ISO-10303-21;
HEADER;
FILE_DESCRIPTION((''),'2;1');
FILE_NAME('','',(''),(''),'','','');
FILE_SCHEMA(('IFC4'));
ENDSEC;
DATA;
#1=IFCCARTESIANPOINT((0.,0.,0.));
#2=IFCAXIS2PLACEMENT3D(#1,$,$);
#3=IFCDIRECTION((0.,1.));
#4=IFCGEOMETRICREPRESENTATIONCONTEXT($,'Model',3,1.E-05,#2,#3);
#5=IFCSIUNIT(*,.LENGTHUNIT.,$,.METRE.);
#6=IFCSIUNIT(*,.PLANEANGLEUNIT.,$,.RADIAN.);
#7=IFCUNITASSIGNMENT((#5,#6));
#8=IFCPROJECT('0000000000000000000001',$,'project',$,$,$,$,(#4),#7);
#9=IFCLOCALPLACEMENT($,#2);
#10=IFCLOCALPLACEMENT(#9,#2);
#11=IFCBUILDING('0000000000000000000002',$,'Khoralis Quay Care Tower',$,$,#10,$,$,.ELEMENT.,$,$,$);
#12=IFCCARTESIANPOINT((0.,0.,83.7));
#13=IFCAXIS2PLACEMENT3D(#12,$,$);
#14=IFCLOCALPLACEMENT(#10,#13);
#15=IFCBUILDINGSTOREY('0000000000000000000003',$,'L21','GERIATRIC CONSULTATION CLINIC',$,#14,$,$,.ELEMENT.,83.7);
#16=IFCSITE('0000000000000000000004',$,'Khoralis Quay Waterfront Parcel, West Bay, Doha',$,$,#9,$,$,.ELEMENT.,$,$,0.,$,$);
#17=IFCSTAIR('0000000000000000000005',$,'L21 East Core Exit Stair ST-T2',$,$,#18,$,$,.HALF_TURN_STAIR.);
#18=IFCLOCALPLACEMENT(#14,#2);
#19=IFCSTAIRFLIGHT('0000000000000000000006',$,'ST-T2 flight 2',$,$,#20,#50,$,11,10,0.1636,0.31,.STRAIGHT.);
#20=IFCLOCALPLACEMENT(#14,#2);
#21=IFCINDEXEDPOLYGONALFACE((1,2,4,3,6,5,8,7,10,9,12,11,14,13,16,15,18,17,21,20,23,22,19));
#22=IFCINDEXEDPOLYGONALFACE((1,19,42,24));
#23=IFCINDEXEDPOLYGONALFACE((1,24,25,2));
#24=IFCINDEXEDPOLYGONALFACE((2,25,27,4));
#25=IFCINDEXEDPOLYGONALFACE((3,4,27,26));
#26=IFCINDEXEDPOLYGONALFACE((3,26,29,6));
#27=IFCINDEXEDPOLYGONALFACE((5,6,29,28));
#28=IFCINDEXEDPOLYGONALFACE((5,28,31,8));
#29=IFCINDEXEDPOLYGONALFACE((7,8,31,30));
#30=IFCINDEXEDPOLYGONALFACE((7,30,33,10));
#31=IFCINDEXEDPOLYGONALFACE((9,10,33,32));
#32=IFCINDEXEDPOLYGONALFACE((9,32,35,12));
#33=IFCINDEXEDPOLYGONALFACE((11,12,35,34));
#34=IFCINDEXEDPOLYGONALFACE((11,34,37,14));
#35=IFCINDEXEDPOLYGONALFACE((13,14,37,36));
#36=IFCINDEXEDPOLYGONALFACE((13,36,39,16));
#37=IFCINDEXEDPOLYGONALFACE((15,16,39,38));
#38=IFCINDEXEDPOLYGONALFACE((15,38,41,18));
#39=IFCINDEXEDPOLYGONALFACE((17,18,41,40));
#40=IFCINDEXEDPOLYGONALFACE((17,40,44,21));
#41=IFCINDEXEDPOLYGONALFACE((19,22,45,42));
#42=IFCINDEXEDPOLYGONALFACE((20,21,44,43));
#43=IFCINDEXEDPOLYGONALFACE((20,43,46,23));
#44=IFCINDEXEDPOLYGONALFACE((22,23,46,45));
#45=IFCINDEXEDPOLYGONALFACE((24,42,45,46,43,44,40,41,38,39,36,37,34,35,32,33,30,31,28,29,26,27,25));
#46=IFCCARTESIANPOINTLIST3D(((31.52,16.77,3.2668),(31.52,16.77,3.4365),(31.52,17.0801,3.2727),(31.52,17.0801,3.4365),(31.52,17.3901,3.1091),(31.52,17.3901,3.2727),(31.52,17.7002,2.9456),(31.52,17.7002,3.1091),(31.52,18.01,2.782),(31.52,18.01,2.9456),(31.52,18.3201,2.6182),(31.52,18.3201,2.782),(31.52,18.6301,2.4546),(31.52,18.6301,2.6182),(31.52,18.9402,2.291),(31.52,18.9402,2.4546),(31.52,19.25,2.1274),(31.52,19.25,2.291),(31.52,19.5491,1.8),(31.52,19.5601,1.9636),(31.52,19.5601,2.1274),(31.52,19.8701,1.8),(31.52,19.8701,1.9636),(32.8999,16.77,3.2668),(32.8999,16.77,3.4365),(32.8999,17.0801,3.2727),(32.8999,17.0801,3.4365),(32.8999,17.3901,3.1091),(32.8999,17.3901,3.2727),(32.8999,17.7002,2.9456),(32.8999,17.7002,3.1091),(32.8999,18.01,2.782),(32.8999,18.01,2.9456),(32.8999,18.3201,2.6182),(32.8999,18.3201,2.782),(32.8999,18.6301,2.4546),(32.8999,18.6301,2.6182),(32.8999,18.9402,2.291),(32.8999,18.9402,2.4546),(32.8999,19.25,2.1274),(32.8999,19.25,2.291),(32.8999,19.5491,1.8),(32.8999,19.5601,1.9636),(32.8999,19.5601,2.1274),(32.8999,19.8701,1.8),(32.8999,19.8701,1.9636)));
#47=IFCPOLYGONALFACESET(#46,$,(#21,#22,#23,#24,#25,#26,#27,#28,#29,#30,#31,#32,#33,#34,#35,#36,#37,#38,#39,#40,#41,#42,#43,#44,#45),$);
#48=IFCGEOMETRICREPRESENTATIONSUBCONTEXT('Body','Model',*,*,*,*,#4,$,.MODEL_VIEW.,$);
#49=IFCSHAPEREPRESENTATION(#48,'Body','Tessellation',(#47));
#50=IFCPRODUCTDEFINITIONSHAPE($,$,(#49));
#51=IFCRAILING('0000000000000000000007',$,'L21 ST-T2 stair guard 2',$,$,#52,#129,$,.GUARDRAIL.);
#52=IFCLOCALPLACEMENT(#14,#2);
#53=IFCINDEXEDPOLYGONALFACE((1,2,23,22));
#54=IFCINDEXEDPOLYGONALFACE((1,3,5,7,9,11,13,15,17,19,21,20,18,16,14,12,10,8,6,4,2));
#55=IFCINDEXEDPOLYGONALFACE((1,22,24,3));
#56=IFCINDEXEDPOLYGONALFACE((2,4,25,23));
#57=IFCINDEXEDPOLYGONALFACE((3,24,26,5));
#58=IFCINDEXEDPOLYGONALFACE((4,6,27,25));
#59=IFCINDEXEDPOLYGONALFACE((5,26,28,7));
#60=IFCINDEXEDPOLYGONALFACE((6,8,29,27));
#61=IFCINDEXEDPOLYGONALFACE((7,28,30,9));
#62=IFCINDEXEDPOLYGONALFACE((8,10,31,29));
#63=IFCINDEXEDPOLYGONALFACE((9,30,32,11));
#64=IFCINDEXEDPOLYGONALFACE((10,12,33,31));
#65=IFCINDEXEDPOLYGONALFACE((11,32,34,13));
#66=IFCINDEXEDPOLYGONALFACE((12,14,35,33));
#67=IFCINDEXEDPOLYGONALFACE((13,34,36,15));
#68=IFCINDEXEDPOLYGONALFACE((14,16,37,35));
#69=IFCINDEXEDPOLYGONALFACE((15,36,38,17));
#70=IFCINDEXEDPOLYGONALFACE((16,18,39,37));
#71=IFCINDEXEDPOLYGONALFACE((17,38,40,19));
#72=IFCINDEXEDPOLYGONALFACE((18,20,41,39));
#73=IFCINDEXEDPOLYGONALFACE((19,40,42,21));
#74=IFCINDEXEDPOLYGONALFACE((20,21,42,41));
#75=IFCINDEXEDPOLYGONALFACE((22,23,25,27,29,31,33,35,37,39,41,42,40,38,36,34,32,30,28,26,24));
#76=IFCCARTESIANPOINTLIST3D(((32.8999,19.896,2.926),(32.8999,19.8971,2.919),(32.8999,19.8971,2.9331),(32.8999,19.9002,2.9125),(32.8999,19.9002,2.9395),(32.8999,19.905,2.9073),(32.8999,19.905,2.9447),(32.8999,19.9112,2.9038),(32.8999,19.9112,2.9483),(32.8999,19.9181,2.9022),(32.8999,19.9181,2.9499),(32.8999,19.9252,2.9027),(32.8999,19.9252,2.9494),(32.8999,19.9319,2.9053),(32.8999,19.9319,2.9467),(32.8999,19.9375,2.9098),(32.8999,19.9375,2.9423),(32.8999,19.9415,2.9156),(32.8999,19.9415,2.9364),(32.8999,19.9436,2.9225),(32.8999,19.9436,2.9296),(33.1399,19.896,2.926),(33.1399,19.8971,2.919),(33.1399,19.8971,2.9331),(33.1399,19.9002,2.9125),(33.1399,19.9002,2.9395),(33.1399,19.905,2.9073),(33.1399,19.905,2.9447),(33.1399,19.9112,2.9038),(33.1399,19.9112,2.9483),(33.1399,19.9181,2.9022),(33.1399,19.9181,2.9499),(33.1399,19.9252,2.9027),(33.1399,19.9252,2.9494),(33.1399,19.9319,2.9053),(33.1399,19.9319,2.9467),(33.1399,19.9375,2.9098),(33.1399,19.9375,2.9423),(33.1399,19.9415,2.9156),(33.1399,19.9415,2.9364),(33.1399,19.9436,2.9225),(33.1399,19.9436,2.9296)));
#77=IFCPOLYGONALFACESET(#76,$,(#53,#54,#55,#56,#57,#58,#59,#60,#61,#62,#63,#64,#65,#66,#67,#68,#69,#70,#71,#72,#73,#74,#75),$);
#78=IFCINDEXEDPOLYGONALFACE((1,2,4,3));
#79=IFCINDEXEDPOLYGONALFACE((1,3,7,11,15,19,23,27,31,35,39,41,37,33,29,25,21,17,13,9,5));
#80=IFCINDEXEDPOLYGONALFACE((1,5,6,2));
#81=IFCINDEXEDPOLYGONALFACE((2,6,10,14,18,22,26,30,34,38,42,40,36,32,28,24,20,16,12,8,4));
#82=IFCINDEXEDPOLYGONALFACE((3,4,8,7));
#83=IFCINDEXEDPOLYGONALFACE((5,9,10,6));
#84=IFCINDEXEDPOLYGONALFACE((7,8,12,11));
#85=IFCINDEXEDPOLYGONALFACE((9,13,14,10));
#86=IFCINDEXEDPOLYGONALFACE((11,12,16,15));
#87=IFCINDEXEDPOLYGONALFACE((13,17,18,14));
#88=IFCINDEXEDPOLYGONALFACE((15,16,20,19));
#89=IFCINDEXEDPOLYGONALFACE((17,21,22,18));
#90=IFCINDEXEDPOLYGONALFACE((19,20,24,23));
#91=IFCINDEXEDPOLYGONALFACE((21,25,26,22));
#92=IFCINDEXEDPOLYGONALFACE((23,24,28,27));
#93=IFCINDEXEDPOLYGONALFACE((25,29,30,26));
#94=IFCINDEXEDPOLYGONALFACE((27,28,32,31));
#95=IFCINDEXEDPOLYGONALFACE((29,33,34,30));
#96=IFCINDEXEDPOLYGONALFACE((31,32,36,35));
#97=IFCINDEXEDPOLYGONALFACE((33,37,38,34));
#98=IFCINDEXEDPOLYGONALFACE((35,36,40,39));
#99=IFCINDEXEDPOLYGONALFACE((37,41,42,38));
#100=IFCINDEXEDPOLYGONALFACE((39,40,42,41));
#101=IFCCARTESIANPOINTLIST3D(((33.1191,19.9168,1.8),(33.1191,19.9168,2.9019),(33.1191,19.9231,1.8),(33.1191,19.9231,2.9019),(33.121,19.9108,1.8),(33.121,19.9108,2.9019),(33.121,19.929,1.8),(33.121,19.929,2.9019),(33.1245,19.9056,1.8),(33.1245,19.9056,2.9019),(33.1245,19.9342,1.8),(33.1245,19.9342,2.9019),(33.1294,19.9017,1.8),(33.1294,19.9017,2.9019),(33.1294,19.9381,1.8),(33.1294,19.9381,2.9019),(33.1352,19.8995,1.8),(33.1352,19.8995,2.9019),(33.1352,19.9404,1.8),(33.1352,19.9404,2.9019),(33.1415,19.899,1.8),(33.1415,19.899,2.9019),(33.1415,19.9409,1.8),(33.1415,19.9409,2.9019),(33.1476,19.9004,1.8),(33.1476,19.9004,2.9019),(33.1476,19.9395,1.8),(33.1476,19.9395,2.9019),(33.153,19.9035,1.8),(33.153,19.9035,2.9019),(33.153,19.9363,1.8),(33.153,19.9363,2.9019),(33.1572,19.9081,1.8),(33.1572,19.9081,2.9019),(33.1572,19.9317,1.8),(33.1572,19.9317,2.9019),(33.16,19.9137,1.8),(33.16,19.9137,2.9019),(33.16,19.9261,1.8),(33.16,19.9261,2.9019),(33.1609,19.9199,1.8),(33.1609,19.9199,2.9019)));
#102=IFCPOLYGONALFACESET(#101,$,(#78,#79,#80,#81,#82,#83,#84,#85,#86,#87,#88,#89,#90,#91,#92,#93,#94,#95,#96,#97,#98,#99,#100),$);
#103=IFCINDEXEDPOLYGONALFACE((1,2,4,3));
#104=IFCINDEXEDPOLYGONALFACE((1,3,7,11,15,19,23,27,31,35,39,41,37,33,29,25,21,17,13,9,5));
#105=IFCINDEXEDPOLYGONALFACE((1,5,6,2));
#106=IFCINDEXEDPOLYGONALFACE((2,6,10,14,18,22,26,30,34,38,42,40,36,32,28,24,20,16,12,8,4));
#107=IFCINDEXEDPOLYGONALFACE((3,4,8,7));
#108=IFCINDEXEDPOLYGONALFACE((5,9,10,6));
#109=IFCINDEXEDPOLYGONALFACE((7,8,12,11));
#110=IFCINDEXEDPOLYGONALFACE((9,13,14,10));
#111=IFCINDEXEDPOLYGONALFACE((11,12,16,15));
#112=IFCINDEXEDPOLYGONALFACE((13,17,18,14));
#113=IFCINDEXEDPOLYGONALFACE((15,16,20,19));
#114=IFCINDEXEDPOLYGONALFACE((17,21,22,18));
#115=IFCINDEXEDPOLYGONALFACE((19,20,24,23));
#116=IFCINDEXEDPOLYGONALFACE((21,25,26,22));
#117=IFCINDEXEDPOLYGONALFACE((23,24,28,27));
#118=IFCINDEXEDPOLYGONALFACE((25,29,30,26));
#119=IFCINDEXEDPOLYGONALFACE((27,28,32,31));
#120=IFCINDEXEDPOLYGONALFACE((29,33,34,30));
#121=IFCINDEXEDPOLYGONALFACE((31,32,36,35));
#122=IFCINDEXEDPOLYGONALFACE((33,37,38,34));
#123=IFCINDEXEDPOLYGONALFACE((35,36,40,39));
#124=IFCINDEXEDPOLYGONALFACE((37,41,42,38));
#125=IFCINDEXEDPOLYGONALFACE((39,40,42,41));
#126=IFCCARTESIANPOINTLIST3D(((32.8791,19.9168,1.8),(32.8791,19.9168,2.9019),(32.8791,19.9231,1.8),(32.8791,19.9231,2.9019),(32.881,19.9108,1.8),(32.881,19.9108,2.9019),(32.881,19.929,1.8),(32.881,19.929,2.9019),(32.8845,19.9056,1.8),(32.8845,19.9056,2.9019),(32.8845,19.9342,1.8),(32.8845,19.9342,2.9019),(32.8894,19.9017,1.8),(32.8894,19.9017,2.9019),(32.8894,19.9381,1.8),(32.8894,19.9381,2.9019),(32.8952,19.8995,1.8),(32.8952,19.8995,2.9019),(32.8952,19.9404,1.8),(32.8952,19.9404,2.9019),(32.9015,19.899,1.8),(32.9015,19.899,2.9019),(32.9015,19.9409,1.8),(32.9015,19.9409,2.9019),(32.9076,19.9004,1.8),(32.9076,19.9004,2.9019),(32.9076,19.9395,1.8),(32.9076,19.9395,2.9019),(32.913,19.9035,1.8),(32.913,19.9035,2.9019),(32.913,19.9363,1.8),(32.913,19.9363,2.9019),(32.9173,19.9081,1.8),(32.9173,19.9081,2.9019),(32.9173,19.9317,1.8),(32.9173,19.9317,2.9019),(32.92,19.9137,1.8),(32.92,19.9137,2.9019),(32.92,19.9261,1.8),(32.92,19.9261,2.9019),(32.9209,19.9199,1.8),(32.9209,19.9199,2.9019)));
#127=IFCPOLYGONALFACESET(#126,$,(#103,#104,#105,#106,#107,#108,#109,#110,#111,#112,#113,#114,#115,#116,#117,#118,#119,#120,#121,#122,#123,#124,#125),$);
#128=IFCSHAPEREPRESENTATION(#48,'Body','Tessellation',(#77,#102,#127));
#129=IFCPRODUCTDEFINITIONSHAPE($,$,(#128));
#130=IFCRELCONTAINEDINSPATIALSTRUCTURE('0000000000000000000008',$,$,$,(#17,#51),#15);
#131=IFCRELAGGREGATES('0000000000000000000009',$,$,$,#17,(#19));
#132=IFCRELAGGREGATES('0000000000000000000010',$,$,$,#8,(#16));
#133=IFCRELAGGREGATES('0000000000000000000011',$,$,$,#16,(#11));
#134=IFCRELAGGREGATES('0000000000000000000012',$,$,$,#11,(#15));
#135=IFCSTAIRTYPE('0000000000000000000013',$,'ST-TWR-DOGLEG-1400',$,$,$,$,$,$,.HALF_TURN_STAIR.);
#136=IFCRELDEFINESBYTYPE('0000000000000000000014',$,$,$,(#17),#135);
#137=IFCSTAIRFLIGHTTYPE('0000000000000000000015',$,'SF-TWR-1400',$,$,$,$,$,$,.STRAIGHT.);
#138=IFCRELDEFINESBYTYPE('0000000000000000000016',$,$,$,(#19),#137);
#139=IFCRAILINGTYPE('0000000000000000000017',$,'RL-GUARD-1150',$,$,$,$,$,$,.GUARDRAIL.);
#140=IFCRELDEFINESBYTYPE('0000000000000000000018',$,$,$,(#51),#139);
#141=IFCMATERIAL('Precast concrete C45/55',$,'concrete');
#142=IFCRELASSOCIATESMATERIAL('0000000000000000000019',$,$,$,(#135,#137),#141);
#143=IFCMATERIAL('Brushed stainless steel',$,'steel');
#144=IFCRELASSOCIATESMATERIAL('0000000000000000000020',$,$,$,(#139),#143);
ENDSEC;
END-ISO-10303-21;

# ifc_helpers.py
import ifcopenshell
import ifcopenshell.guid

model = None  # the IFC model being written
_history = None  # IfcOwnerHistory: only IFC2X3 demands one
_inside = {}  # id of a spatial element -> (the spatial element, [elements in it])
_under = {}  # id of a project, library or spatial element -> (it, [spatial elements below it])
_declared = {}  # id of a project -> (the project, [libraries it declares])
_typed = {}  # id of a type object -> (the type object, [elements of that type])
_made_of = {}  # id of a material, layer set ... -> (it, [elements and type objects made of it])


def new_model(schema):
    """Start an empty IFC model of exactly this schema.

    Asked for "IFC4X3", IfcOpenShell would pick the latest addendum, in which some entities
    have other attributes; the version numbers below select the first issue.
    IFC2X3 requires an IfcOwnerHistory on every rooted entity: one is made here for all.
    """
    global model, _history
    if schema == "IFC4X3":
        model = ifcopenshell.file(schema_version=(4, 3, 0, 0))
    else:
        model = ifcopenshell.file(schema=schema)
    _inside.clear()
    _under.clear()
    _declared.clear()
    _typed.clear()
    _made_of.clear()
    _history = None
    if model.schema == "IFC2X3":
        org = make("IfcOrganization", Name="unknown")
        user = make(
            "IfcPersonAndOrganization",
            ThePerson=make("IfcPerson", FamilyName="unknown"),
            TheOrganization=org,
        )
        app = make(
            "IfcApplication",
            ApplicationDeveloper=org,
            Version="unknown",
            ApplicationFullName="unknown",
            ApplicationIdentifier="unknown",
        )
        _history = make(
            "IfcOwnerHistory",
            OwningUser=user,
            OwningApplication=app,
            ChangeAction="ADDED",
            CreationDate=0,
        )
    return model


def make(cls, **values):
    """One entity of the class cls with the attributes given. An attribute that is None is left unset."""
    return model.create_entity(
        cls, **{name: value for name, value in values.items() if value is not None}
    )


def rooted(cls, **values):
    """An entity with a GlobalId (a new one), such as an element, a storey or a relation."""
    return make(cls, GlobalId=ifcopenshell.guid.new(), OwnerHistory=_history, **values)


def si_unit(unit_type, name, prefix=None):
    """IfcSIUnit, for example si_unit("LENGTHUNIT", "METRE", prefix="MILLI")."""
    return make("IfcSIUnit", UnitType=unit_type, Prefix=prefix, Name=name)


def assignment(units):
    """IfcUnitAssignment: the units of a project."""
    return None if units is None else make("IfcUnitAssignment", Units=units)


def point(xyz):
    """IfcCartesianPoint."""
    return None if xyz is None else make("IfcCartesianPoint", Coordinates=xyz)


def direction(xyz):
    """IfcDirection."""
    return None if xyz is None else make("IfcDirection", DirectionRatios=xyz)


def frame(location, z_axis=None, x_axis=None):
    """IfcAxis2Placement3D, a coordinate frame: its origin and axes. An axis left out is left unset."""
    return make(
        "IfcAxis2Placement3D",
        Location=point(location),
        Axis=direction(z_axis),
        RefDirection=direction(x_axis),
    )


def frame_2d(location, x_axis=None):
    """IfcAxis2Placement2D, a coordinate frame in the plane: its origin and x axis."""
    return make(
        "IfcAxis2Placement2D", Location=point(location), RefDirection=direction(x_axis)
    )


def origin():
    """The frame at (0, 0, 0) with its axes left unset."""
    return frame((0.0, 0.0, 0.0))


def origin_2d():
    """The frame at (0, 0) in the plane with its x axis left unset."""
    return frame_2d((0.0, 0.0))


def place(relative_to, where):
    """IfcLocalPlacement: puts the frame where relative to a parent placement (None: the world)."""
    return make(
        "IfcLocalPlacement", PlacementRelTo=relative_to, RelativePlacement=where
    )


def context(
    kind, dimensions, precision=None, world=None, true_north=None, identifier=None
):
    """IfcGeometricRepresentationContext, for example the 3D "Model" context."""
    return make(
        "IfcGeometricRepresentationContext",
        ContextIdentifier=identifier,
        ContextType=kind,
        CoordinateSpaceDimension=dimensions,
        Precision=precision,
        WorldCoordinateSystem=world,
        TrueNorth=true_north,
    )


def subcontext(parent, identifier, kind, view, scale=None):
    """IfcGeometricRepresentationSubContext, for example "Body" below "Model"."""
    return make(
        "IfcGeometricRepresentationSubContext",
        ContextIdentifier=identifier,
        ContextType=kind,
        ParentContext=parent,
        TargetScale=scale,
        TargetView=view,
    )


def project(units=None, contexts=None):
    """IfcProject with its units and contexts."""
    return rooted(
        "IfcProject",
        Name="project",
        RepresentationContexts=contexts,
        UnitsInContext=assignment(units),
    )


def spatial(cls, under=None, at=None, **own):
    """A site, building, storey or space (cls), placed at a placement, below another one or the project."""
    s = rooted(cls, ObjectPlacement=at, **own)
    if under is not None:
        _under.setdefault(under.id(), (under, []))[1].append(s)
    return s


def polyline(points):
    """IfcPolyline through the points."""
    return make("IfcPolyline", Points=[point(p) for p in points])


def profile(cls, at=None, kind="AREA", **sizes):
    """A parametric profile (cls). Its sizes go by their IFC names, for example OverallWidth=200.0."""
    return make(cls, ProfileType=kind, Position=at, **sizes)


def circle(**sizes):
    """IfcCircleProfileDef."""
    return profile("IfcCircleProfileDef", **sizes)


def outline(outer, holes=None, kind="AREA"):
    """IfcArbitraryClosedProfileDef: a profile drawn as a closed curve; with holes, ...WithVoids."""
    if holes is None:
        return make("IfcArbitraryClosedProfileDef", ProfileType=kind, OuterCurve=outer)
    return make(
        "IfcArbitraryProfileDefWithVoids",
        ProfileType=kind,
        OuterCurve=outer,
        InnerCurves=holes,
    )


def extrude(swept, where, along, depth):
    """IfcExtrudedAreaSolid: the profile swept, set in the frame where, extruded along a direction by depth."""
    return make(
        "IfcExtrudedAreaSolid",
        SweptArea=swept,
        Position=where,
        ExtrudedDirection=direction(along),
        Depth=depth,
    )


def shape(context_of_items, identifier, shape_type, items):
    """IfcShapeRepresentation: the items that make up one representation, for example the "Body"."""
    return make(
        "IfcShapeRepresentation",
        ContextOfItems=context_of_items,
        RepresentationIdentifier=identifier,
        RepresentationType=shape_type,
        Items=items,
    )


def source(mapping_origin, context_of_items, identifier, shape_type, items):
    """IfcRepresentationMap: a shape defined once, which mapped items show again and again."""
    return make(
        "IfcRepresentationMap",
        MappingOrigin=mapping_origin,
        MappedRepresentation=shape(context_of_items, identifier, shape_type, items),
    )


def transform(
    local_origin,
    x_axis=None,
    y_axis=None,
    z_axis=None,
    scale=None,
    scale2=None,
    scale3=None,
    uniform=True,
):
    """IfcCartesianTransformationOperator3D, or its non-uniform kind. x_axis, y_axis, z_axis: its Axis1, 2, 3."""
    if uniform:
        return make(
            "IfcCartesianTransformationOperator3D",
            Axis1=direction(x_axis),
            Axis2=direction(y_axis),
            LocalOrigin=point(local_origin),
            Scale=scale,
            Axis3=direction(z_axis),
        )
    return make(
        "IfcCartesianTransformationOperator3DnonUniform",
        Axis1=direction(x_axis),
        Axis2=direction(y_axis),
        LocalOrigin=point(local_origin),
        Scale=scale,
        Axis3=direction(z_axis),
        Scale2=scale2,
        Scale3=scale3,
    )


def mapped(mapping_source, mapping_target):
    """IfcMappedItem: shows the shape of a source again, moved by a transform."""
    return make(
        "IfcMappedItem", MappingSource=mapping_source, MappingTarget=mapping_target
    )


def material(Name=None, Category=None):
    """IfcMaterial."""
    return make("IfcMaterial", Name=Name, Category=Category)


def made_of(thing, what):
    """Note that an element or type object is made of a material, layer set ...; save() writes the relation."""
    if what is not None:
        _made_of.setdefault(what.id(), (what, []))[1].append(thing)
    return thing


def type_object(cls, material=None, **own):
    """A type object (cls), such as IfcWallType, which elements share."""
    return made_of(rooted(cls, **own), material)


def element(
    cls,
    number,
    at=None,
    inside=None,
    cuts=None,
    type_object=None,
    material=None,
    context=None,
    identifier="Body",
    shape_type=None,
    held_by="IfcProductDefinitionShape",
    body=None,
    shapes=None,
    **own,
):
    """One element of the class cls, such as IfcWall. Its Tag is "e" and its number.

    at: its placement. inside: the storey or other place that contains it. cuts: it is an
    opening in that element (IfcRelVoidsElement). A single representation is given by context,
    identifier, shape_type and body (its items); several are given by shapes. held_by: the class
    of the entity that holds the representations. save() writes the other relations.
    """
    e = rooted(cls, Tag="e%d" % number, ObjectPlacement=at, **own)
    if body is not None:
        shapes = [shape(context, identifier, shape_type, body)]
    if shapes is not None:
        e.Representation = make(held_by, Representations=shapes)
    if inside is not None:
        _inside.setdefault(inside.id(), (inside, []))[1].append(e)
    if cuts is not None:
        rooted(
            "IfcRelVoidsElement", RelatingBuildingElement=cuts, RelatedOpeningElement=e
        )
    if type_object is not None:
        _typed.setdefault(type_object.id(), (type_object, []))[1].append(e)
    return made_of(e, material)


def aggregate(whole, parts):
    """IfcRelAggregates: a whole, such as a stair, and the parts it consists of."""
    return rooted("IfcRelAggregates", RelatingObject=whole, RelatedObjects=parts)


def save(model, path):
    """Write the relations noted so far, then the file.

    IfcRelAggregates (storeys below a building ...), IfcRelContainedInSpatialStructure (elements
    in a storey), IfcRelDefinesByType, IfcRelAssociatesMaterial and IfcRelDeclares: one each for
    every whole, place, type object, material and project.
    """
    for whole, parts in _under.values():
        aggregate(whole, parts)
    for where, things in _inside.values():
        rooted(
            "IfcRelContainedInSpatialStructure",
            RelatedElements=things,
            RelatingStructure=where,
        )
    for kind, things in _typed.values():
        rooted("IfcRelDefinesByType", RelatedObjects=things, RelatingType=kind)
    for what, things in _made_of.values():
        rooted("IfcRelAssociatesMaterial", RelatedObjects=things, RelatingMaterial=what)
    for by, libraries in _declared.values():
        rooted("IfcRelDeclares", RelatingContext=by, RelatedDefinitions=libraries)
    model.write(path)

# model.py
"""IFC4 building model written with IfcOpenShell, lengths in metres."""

from ifc_helpers import new_model, si_unit, direction, frame, origin, origin_2d, place, context, subcontext, project, spatial, polyline, circle, outline, extrude, source, transform, mapped, material, type_object, element, aggregate, save


model = new_model("IFC4")

# Units and contexts
model_context = context("Model", 3, precision=1e-05, world=origin(), true_north=direction((0.0, 1.0)))
body_context = subcontext(model_context, "Body", "Model", "MODEL_VIEW")
ifc_project = project(units=[si_unit("LENGTHUNIT", "METRE"), si_unit("PLANEANGLEUNIT", "RADIAN")], contexts=[model_context])

# Site, building, storey
site_placement = place(None, origin())
site = spatial("IfcSite", under=ifc_project, at=site_placement, Name="Khoralis Quay Waterfront Parcel, West Bay, Doha", CompositionType="ELEMENT", RefElevation=0.0)
building_placement = place(site_placement, origin())
building = spatial("IfcBuilding", under=site, at=building_placement, Name="Khoralis Quay Care Tower", CompositionType="ELEMENT")
storey_placement = place(building_placement, frame((0.0, 0.0, 83.7)))
storey = spatial("IfcBuildingStorey", under=building, at=storey_placement, Name="L21", Description="GERIATRIC CONSULTATION CLINIC", CompositionType="ELEMENT", Elevation=83.7)

# Shared definitions
ifc_material_1 = material(Name="Brushed stainless steel", Category="steel")

# Stair, stair flight
ifc_material_2 = material(Name="Precast concrete C45/55", Category="concrete")
stair_type = type_object("IfcStairType", Name="ST-TWR-DOGLEG-1400", PredefinedType="HALF_TURN_STAIR", material=ifc_material_2)
stair_placement = place(storey_placement, origin())
stair = element("IfcStair", 1, at=stair_placement, inside=storey, type_object=stair_type, Name="L21 East Core Exit Stair ST-T2", PredefinedType="HALF_TURN_STAIR")
stair_flight_type = type_object("IfcStairFlightType", Name="SF-TWR-1400", PredefinedType="STRAIGHT", material=ifc_material_2)
shared_shape_1 = source(origin(), body_context, "Body", "SweptSolid", [
    extrude(outline(polyline([(0.0, 0.0), (0.0, 0.1636), (0.3101, 0.1636), (0.3101, 0.3274), (0.6201, 0.3274), (0.6201, 0.491), (0.9299, 0.491), (0.9299, 0.6545), (1.24, 0.6545), (1.24, 0.8181), (1.55, 0.8181), (1.55, 0.9819), (1.8601, 0.9819), (1.8601, 1.1455), (2.1699, 1.1455), (2.1699, 1.3091), (2.48, 1.3091), (2.48, 1.4727), (2.79, 1.4727), (2.79, 1.6365), (3.1001, 1.6365), (3.1001, 1.8), (3.1001, 1.4668), (0.321, 0.0), (0.0, 0.0)])), frame((0.0, 0.6899, 0.0), z_axis=(0.0, -1.0, 0.0), x_axis=(1.0, 0.0, 0.0)), (0.0, 0.0, 1.0), 1.3799),
])
stair_flight_placement = place(storey_placement, frame((32.21, 19.8701, 1.8), z_axis=(0.0, 0.0, 1.0), x_axis=(0.0, -1.0, 0.0)))
stair_flight = element("IfcStairFlight", 2, at=stair_flight_placement, type_object=stair_flight_type, Name="ST-T2 flight 2", NumberOfRisers=11, NumberOfTreads=10, PredefinedType="STRAIGHT", RiserHeight=0.1636, TreadLength=0.31, context=body_context, shape_type="MappedRepresentation", body=[
    mapped(shared_shape_1, transform((0.0, 0.0, 0.0), scale=1.0)),
])
aggregate(stair, [stair_flight])

# Railing
railing_type_1 = type_object("IfcRailingType", Name="RL-GUARD-1150", PredefinedType="GUARDRAIL", material=ifc_material_1)
railing_1_placement = place(storey_placement, frame((33.1399, 19.9199, 1.8)))
element("IfcRailing", 3, at=railing_1_placement, inside=storey, type_object=railing_type_1, Name="L21 ST-T2 stair guard 2", PredefinedType="GUARDRAIL", context=body_context, shape_type="SweptSolid", body=[
    extrude(circle(Radius=0.0239, at=origin_2d()), frame((0.0, 0.0, 1.126), z_axis=(-1.0, 0.0, 0.0), x_axis=(0.0, -1.0, 0.0)), (0.0, 0.0, 1.0), 0.24),
    extrude(circle(Radius=0.021, at=origin_2d()), origin(), (0.0, 0.0, 1.0), 1.1018),
    extrude(circle(Radius=0.021, at=origin_2d()), frame((-0.24, 0.0, 0.0)), (0.0, 0.0, 1.0), 1.1018),
])

save(model, "model.ifc")
